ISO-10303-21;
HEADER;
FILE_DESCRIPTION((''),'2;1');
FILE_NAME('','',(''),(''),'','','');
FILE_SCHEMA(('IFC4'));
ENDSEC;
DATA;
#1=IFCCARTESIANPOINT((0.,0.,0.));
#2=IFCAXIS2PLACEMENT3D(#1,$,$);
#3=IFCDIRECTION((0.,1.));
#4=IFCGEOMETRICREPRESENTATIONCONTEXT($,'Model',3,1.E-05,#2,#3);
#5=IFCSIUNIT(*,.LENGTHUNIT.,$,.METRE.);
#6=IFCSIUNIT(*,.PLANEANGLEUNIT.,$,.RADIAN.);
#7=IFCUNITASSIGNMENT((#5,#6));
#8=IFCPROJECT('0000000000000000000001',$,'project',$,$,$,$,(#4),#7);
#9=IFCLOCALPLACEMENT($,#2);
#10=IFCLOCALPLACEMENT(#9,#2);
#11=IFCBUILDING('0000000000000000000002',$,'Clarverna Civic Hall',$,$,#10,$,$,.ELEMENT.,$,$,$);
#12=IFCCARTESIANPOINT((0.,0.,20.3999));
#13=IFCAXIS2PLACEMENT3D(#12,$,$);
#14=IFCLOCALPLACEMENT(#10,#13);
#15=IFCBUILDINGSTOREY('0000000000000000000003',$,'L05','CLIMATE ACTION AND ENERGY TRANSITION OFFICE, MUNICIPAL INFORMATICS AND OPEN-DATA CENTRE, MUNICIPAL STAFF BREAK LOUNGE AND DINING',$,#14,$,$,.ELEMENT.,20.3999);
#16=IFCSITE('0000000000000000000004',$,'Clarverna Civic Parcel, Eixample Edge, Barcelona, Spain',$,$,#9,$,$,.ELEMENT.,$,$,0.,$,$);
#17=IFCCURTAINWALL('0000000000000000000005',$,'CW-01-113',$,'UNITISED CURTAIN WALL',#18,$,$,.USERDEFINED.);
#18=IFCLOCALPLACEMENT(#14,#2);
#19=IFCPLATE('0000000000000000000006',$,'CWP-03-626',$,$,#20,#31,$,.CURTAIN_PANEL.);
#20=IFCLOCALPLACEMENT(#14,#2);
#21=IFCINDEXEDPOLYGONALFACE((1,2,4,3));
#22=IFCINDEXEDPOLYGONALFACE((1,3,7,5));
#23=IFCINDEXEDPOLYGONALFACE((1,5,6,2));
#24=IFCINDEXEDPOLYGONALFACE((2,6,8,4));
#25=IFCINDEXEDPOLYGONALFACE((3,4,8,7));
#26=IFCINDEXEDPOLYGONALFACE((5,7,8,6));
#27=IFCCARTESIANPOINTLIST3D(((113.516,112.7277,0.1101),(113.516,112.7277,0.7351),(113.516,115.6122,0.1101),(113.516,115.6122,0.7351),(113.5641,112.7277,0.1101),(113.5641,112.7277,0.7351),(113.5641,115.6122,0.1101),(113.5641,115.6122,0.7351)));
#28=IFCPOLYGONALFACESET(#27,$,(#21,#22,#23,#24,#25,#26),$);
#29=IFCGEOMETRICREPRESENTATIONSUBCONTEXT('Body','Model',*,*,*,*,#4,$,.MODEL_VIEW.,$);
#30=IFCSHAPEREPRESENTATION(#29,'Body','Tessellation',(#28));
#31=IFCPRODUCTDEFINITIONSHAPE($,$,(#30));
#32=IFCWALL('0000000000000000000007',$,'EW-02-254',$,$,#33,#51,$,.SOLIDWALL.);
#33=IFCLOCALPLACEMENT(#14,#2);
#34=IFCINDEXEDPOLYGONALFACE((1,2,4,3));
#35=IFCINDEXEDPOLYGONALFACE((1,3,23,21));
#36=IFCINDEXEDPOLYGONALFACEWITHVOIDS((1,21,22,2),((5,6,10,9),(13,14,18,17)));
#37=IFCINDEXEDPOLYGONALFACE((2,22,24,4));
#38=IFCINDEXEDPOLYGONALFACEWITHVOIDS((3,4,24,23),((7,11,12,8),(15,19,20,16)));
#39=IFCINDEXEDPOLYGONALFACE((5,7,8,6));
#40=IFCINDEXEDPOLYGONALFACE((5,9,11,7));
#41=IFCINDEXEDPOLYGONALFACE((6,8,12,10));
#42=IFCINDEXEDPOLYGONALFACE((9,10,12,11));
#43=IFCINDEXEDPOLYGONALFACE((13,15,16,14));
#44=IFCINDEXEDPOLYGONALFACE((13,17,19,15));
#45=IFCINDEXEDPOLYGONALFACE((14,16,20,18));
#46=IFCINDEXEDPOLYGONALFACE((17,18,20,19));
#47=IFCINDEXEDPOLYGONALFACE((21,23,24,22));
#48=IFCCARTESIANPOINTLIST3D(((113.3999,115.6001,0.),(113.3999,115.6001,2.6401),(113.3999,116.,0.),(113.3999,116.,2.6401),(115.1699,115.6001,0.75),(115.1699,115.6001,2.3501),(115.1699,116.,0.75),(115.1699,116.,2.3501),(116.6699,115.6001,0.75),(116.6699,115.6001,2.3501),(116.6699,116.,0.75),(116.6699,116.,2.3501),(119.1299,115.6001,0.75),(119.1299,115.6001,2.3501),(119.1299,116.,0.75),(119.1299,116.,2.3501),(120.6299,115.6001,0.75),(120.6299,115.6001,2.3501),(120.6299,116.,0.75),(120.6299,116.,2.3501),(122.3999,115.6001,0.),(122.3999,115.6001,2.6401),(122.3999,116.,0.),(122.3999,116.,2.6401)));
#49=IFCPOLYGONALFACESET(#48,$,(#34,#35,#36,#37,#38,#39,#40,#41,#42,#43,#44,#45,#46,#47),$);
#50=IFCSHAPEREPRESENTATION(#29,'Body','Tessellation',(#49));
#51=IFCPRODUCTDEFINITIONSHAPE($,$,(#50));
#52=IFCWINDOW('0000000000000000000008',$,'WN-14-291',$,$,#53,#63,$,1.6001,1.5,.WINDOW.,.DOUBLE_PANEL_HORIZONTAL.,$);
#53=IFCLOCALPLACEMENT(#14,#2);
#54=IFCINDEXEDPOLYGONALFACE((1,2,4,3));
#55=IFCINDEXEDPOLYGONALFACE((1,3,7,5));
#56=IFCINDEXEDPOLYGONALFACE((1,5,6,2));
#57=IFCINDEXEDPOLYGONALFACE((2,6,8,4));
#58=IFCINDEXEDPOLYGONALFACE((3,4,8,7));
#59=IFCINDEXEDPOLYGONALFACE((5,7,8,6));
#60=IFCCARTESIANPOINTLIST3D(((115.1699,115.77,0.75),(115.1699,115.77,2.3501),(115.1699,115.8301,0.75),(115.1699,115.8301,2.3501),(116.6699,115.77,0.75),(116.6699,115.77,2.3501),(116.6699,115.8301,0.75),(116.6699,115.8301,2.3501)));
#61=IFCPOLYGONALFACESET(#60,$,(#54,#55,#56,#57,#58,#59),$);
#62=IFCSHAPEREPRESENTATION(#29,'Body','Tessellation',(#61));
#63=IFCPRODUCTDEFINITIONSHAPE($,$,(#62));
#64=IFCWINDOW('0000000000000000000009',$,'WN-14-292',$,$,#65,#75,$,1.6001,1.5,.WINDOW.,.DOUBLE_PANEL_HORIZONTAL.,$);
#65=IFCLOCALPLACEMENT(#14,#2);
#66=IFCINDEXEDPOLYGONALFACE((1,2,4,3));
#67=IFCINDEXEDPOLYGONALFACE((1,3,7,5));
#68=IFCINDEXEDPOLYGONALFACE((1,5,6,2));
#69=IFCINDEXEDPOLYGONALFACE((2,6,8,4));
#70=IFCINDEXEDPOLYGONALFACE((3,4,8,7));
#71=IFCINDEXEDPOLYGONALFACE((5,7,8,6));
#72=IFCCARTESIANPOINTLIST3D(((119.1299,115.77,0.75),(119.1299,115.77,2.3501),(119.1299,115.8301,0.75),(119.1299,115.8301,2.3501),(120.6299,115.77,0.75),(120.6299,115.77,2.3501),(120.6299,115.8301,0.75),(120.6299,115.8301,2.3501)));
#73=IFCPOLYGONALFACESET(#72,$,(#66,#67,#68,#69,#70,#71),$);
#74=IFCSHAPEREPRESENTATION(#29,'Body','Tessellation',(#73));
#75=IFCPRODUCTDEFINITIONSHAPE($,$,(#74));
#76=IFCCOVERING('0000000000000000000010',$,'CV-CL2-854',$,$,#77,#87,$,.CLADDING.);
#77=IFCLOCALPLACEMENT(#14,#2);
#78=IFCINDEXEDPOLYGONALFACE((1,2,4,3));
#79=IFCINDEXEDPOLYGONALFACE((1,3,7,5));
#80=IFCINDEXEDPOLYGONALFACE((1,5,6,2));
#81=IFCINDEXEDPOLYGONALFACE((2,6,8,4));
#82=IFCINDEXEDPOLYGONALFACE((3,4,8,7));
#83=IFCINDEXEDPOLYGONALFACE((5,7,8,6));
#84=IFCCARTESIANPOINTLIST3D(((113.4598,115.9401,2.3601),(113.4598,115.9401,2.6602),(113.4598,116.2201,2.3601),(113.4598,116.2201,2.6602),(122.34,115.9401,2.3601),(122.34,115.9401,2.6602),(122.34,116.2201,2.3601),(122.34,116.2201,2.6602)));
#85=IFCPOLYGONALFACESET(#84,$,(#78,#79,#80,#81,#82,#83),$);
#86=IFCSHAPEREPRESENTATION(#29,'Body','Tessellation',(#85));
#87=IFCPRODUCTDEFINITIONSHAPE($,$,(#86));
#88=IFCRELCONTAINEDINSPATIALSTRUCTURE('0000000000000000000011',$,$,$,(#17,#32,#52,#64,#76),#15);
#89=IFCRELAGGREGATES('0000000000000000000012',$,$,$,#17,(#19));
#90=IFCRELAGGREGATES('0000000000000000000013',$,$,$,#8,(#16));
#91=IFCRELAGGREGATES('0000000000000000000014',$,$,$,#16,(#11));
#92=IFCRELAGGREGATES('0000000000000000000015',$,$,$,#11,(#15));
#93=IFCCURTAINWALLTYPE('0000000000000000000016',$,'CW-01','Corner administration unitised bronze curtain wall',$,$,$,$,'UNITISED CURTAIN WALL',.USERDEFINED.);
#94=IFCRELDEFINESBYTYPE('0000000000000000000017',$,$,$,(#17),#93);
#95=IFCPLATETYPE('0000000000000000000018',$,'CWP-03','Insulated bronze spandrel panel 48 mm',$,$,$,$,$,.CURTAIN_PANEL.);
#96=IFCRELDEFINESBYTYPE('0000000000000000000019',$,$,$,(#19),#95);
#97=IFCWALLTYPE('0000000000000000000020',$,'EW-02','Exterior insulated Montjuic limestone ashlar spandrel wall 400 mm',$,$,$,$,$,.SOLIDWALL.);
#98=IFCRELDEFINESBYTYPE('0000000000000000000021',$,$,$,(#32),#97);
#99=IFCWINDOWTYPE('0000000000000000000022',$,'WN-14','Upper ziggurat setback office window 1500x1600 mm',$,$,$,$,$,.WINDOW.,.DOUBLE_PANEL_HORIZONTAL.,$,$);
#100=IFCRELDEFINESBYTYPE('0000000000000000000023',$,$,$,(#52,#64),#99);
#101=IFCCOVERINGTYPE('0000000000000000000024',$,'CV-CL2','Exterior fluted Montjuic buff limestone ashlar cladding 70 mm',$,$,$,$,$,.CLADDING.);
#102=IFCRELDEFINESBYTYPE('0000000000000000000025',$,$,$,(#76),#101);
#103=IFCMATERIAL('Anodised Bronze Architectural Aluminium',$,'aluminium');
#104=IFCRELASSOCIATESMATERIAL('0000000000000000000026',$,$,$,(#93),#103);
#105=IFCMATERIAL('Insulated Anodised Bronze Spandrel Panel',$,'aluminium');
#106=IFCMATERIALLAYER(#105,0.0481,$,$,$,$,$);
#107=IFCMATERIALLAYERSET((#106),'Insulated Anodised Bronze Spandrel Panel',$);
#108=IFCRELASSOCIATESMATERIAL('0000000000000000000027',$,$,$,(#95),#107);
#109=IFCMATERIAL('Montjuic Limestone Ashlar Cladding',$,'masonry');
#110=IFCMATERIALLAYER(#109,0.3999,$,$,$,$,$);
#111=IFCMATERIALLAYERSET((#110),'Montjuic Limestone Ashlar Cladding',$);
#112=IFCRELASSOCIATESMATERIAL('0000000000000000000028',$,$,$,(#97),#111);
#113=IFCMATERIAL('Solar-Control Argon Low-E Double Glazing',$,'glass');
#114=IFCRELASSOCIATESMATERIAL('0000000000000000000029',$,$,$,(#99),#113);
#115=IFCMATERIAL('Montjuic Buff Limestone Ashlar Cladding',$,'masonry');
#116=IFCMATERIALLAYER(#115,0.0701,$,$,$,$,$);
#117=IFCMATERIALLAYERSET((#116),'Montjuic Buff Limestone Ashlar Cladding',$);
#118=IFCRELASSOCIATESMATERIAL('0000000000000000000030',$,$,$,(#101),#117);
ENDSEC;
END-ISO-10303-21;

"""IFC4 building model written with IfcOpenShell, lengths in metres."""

from ifc_helpers import new_model, si_unit, direction, frame, frame_2d, origin, place, context, subcontext, project, spatial, rectangle, extrude, material, layer, layer_set, type_object, element, fill, aggregate, save


model = new_model("IFC4")

# Units and contexts
model_context = context("Model", 3, precision=1e-05, world=origin(), true_north=direction((0.0, 1.0)))
body_context = subcontext(model_context, "Body", "Model", "MODEL_VIEW")
ifc_project = project(units=[si_unit("LENGTHUNIT", "METRE"), si_unit("PLANEANGLEUNIT", "RADIAN")], contexts=[model_context])

# Site, building, storey
site_placement = place(None, origin())
site = spatial("IfcSite", under=ifc_project, at=site_placement, Name="Clarverna Civic Parcel, Eixample Edge, Barcelona, Spain", CompositionType="ELEMENT", RefElevation=0.0)
building_placement = place(site_placement, origin())
building = spatial("IfcBuilding", under=site, at=building_placement, Name="Clarverna Civic Hall", CompositionType="ELEMENT")
storey_placement = place(building_placement, frame((0.0, 0.0, 20.3999)))
storey = spatial("IfcBuildingStorey", under=building, at=storey_placement, Name="L05", Description="CLIMATE ACTION AND ENERGY TRANSITION OFFICE, MUNICIPAL INFORMATICS AND OPEN-DATA CENTRE, MUNICIPAL STAFF BREAK LOUNGE AND DINING", CompositionType="ELEMENT", Elevation=20.3999)

# Curtain wall, plate
ifc_material_1 = material(Name="Anodised Bronze Architectural Aluminium", Category="aluminium")
curtain_wall_type = type_object("IfcCurtainWallType", Name="CW-01", Description="Corner administration unitised bronze curtain wall", ElementType="UNITISED CURTAIN WALL", PredefinedType="USERDEFINED", material=ifc_material_1)
curtain_wall_placement = place(storey_placement, origin())
curtain_wall = element("IfcCurtainWall", 1, at=curtain_wall_placement, inside=storey, type_object=curtain_wall_type, Name="CW-01-113", ObjectType="UNITISED CURTAIN WALL", PredefinedType="USERDEFINED")
ifc_material_2 = material(Name="Solar-Control Argon Low-E Double Glazing", Category="glass")
ifc_material_3 = material(Name="Insulated Anodised Bronze Spandrel Panel", Category="aluminium")
ifc_layer_1 = layer(ifc_material_3, 0.0481)
ifc_layer_set_1 = layer_set([ifc_layer_1], Name="Insulated Anodised Bronze Spandrel Panel")
plate_type_1 = type_object("IfcPlateType", Name="CWP-03", Description="Insulated bronze spandrel panel 48 mm", PredefinedType="CURTAIN_PANEL", material=ifc_layer_set_1)
plate_1_placement = place(storey_placement, frame((113.54, 112.7275, 0.1101), z_axis=(0.0, 0.0, 1.0), x_axis=(0.0, 1.0, 0.0)))
plate_1 = element("IfcPlate", 2, at=plate_1_placement, type_object=plate_type_1, Name="CWP-03-626", PredefinedType="CURTAIN_PANEL", context=body_context, shape_type="SweptSolid", body=[
    extrude(rectangle(XDim=2.8845, YDim=0.0481, at=frame_2d((1.4424, 0.0))), origin(), (0.0, 0.0, 1.0), 0.625),
])
aggregate(curtain_wall, [plate_1])

# Wall, openings, windows
ifc_material_4 = material(Name="Montjuic Limestone Ashlar Cladding", Category="masonry")
ifc_layer_2 = layer(ifc_material_4, 0.3999)
ifc_layer_set_2 = layer_set([ifc_layer_2], Name="Montjuic Limestone Ashlar Cladding")
wall_type = type_object("IfcWallType", Name="EW-02", Description="Exterior insulated Montjuic limestone ashlar spandrel wall 400 mm", PredefinedType="SOLIDWALL", material=ifc_layer_set_2)
wall_placement = place(storey_placement, frame((113.3999, 115.8, 0.0), z_axis=(0.0, 0.0, 1.0), x_axis=(1.0, 0.0, 0.0)))
wall = element("IfcWall", 3, at=wall_placement, inside=storey, type_object=wall_type, Name="EW-02-254", PredefinedType="SOLIDWALL", context=body_context, shape_type="SweptSolid", body=[
    extrude(rectangle(XDim=9.0, YDim=0.3999, at=frame_2d((4.5, 0.0))), origin(), (0.0, 0.0, 1.0), 2.6401),
])
opening_1_placement = place(wall_placement, frame((1.77, 0.0, 0.75)))
opening_1 = element("IfcOpeningElement", 4, at=opening_1_placement, cuts=wall, PredefinedType="OPENING", context=body_context, shape_type="SweptSolid", body=[
    extrude(rectangle(XDim=1.5, YDim=1.6001, at=frame_2d((0.75, 0.8))), frame((0.0, 0.21, 0.0), z_axis=(0.0, -1.0, 0.0), x_axis=(1.0, 0.0, 0.0)), (0.0, 0.0, 1.0), 0.4199),
])
opening_2_placement = place(wall_placement, frame((5.73, 0.0, 0.75)))
opening_2 = element("IfcOpeningElement", 5, at=opening_2_placement, cuts=wall, PredefinedType="OPENING", context=body_context, shape_type="SweptSolid", body=[
    extrude(rectangle(XDim=1.5, YDim=1.6001, at=frame_2d((0.75, 0.8))), frame((0.0, 0.21, 0.0), z_axis=(0.0, -1.0, 0.0), x_axis=(1.0, 0.0, 0.0)), (0.0, 0.0, 1.0), 0.4199),
])
window_type = type_object("IfcWindowType", Name="WN-14", Description="Upper ziggurat setback office window 1500x1600 mm", PartitioningType="DOUBLE_PANEL_HORIZONTAL", PredefinedType="WINDOW", material=ifc_material_2)
window_1_placement = place(opening_1_placement, origin())
window_1 = element("IfcWindow", 6, at=window_1_placement, inside=storey, type_object=window_type, Name="WN-14-291", OverallHeight=1.6001, OverallWidth=1.5, PartitioningType="DOUBLE_PANEL_HORIZONTAL", PredefinedType="WINDOW", context=body_context, shape_type="SweptSolid", body=[
    extrude(rectangle(XDim=1.5, YDim=1.6001, at=frame_2d((0.75, 0.8))), frame((0.0, 0.03, 0.0), z_axis=(0.0, -1.0, 0.0), x_axis=(1.0, 0.0, 0.0)), (0.0, 0.0, 1.0), 0.0601),
])
fill(opening_1, window_1)
window_2_placement = place(opening_2_placement, origin())
window_2 = element("IfcWindow", 7, at=window_2_placement, inside=storey, type_object=window_type, Name="WN-14-292", OverallHeight=1.6001, OverallWidth=1.5, PartitioningType="DOUBLE_PANEL_HORIZONTAL", PredefinedType="WINDOW", context=body_context, shape_type="SweptSolid", body=[
    extrude(rectangle(XDim=1.5, YDim=1.6001, at=frame_2d((0.75, 0.8))), frame((0.0, 0.03, 0.0), z_axis=(0.0, -1.0, 0.0), x_axis=(1.0, 0.0, 0.0)), (0.0, 0.0, 1.0), 0.0601),
])
fill(opening_2, window_2)

# Covering
ifc_material_5 = material(Name="Montjuic Buff Limestone Ashlar Cladding", Category="masonry")
ifc_layer_3 = layer(ifc_material_5, 0.0701)
ifc_layer_set_3 = layer_set([ifc_layer_3], Name="Montjuic Buff Limestone Ashlar Cladding")
covering_type = type_object("IfcCoveringType", Name="CV-CL2", Description="Exterior fluted Montjuic buff limestone ashlar cladding 70 mm", PredefinedType="CLADDING", material=ifc_layer_set_3)
covering_placement = place(storey_placement, frame((113.46, 116.0801, 2.3601), z_axis=(0.0, 0.0, 1.0), x_axis=(1.0, 0.0, 0.0)))
element("IfcCovering", 8, at=covering_placement, inside=storey, type_object=covering_type, Name="CV-CL2-854", PredefinedType="CLADDING", context=body_context, shape_type="SweptSolid", body=[
    extrude(rectangle(XDim=8.8801, YDim=0.28, at=frame_2d((4.4399, 0.0))), origin(), (0.0, 0.0, 1.0), 0.3),
])

save(model, "model.ifc")
